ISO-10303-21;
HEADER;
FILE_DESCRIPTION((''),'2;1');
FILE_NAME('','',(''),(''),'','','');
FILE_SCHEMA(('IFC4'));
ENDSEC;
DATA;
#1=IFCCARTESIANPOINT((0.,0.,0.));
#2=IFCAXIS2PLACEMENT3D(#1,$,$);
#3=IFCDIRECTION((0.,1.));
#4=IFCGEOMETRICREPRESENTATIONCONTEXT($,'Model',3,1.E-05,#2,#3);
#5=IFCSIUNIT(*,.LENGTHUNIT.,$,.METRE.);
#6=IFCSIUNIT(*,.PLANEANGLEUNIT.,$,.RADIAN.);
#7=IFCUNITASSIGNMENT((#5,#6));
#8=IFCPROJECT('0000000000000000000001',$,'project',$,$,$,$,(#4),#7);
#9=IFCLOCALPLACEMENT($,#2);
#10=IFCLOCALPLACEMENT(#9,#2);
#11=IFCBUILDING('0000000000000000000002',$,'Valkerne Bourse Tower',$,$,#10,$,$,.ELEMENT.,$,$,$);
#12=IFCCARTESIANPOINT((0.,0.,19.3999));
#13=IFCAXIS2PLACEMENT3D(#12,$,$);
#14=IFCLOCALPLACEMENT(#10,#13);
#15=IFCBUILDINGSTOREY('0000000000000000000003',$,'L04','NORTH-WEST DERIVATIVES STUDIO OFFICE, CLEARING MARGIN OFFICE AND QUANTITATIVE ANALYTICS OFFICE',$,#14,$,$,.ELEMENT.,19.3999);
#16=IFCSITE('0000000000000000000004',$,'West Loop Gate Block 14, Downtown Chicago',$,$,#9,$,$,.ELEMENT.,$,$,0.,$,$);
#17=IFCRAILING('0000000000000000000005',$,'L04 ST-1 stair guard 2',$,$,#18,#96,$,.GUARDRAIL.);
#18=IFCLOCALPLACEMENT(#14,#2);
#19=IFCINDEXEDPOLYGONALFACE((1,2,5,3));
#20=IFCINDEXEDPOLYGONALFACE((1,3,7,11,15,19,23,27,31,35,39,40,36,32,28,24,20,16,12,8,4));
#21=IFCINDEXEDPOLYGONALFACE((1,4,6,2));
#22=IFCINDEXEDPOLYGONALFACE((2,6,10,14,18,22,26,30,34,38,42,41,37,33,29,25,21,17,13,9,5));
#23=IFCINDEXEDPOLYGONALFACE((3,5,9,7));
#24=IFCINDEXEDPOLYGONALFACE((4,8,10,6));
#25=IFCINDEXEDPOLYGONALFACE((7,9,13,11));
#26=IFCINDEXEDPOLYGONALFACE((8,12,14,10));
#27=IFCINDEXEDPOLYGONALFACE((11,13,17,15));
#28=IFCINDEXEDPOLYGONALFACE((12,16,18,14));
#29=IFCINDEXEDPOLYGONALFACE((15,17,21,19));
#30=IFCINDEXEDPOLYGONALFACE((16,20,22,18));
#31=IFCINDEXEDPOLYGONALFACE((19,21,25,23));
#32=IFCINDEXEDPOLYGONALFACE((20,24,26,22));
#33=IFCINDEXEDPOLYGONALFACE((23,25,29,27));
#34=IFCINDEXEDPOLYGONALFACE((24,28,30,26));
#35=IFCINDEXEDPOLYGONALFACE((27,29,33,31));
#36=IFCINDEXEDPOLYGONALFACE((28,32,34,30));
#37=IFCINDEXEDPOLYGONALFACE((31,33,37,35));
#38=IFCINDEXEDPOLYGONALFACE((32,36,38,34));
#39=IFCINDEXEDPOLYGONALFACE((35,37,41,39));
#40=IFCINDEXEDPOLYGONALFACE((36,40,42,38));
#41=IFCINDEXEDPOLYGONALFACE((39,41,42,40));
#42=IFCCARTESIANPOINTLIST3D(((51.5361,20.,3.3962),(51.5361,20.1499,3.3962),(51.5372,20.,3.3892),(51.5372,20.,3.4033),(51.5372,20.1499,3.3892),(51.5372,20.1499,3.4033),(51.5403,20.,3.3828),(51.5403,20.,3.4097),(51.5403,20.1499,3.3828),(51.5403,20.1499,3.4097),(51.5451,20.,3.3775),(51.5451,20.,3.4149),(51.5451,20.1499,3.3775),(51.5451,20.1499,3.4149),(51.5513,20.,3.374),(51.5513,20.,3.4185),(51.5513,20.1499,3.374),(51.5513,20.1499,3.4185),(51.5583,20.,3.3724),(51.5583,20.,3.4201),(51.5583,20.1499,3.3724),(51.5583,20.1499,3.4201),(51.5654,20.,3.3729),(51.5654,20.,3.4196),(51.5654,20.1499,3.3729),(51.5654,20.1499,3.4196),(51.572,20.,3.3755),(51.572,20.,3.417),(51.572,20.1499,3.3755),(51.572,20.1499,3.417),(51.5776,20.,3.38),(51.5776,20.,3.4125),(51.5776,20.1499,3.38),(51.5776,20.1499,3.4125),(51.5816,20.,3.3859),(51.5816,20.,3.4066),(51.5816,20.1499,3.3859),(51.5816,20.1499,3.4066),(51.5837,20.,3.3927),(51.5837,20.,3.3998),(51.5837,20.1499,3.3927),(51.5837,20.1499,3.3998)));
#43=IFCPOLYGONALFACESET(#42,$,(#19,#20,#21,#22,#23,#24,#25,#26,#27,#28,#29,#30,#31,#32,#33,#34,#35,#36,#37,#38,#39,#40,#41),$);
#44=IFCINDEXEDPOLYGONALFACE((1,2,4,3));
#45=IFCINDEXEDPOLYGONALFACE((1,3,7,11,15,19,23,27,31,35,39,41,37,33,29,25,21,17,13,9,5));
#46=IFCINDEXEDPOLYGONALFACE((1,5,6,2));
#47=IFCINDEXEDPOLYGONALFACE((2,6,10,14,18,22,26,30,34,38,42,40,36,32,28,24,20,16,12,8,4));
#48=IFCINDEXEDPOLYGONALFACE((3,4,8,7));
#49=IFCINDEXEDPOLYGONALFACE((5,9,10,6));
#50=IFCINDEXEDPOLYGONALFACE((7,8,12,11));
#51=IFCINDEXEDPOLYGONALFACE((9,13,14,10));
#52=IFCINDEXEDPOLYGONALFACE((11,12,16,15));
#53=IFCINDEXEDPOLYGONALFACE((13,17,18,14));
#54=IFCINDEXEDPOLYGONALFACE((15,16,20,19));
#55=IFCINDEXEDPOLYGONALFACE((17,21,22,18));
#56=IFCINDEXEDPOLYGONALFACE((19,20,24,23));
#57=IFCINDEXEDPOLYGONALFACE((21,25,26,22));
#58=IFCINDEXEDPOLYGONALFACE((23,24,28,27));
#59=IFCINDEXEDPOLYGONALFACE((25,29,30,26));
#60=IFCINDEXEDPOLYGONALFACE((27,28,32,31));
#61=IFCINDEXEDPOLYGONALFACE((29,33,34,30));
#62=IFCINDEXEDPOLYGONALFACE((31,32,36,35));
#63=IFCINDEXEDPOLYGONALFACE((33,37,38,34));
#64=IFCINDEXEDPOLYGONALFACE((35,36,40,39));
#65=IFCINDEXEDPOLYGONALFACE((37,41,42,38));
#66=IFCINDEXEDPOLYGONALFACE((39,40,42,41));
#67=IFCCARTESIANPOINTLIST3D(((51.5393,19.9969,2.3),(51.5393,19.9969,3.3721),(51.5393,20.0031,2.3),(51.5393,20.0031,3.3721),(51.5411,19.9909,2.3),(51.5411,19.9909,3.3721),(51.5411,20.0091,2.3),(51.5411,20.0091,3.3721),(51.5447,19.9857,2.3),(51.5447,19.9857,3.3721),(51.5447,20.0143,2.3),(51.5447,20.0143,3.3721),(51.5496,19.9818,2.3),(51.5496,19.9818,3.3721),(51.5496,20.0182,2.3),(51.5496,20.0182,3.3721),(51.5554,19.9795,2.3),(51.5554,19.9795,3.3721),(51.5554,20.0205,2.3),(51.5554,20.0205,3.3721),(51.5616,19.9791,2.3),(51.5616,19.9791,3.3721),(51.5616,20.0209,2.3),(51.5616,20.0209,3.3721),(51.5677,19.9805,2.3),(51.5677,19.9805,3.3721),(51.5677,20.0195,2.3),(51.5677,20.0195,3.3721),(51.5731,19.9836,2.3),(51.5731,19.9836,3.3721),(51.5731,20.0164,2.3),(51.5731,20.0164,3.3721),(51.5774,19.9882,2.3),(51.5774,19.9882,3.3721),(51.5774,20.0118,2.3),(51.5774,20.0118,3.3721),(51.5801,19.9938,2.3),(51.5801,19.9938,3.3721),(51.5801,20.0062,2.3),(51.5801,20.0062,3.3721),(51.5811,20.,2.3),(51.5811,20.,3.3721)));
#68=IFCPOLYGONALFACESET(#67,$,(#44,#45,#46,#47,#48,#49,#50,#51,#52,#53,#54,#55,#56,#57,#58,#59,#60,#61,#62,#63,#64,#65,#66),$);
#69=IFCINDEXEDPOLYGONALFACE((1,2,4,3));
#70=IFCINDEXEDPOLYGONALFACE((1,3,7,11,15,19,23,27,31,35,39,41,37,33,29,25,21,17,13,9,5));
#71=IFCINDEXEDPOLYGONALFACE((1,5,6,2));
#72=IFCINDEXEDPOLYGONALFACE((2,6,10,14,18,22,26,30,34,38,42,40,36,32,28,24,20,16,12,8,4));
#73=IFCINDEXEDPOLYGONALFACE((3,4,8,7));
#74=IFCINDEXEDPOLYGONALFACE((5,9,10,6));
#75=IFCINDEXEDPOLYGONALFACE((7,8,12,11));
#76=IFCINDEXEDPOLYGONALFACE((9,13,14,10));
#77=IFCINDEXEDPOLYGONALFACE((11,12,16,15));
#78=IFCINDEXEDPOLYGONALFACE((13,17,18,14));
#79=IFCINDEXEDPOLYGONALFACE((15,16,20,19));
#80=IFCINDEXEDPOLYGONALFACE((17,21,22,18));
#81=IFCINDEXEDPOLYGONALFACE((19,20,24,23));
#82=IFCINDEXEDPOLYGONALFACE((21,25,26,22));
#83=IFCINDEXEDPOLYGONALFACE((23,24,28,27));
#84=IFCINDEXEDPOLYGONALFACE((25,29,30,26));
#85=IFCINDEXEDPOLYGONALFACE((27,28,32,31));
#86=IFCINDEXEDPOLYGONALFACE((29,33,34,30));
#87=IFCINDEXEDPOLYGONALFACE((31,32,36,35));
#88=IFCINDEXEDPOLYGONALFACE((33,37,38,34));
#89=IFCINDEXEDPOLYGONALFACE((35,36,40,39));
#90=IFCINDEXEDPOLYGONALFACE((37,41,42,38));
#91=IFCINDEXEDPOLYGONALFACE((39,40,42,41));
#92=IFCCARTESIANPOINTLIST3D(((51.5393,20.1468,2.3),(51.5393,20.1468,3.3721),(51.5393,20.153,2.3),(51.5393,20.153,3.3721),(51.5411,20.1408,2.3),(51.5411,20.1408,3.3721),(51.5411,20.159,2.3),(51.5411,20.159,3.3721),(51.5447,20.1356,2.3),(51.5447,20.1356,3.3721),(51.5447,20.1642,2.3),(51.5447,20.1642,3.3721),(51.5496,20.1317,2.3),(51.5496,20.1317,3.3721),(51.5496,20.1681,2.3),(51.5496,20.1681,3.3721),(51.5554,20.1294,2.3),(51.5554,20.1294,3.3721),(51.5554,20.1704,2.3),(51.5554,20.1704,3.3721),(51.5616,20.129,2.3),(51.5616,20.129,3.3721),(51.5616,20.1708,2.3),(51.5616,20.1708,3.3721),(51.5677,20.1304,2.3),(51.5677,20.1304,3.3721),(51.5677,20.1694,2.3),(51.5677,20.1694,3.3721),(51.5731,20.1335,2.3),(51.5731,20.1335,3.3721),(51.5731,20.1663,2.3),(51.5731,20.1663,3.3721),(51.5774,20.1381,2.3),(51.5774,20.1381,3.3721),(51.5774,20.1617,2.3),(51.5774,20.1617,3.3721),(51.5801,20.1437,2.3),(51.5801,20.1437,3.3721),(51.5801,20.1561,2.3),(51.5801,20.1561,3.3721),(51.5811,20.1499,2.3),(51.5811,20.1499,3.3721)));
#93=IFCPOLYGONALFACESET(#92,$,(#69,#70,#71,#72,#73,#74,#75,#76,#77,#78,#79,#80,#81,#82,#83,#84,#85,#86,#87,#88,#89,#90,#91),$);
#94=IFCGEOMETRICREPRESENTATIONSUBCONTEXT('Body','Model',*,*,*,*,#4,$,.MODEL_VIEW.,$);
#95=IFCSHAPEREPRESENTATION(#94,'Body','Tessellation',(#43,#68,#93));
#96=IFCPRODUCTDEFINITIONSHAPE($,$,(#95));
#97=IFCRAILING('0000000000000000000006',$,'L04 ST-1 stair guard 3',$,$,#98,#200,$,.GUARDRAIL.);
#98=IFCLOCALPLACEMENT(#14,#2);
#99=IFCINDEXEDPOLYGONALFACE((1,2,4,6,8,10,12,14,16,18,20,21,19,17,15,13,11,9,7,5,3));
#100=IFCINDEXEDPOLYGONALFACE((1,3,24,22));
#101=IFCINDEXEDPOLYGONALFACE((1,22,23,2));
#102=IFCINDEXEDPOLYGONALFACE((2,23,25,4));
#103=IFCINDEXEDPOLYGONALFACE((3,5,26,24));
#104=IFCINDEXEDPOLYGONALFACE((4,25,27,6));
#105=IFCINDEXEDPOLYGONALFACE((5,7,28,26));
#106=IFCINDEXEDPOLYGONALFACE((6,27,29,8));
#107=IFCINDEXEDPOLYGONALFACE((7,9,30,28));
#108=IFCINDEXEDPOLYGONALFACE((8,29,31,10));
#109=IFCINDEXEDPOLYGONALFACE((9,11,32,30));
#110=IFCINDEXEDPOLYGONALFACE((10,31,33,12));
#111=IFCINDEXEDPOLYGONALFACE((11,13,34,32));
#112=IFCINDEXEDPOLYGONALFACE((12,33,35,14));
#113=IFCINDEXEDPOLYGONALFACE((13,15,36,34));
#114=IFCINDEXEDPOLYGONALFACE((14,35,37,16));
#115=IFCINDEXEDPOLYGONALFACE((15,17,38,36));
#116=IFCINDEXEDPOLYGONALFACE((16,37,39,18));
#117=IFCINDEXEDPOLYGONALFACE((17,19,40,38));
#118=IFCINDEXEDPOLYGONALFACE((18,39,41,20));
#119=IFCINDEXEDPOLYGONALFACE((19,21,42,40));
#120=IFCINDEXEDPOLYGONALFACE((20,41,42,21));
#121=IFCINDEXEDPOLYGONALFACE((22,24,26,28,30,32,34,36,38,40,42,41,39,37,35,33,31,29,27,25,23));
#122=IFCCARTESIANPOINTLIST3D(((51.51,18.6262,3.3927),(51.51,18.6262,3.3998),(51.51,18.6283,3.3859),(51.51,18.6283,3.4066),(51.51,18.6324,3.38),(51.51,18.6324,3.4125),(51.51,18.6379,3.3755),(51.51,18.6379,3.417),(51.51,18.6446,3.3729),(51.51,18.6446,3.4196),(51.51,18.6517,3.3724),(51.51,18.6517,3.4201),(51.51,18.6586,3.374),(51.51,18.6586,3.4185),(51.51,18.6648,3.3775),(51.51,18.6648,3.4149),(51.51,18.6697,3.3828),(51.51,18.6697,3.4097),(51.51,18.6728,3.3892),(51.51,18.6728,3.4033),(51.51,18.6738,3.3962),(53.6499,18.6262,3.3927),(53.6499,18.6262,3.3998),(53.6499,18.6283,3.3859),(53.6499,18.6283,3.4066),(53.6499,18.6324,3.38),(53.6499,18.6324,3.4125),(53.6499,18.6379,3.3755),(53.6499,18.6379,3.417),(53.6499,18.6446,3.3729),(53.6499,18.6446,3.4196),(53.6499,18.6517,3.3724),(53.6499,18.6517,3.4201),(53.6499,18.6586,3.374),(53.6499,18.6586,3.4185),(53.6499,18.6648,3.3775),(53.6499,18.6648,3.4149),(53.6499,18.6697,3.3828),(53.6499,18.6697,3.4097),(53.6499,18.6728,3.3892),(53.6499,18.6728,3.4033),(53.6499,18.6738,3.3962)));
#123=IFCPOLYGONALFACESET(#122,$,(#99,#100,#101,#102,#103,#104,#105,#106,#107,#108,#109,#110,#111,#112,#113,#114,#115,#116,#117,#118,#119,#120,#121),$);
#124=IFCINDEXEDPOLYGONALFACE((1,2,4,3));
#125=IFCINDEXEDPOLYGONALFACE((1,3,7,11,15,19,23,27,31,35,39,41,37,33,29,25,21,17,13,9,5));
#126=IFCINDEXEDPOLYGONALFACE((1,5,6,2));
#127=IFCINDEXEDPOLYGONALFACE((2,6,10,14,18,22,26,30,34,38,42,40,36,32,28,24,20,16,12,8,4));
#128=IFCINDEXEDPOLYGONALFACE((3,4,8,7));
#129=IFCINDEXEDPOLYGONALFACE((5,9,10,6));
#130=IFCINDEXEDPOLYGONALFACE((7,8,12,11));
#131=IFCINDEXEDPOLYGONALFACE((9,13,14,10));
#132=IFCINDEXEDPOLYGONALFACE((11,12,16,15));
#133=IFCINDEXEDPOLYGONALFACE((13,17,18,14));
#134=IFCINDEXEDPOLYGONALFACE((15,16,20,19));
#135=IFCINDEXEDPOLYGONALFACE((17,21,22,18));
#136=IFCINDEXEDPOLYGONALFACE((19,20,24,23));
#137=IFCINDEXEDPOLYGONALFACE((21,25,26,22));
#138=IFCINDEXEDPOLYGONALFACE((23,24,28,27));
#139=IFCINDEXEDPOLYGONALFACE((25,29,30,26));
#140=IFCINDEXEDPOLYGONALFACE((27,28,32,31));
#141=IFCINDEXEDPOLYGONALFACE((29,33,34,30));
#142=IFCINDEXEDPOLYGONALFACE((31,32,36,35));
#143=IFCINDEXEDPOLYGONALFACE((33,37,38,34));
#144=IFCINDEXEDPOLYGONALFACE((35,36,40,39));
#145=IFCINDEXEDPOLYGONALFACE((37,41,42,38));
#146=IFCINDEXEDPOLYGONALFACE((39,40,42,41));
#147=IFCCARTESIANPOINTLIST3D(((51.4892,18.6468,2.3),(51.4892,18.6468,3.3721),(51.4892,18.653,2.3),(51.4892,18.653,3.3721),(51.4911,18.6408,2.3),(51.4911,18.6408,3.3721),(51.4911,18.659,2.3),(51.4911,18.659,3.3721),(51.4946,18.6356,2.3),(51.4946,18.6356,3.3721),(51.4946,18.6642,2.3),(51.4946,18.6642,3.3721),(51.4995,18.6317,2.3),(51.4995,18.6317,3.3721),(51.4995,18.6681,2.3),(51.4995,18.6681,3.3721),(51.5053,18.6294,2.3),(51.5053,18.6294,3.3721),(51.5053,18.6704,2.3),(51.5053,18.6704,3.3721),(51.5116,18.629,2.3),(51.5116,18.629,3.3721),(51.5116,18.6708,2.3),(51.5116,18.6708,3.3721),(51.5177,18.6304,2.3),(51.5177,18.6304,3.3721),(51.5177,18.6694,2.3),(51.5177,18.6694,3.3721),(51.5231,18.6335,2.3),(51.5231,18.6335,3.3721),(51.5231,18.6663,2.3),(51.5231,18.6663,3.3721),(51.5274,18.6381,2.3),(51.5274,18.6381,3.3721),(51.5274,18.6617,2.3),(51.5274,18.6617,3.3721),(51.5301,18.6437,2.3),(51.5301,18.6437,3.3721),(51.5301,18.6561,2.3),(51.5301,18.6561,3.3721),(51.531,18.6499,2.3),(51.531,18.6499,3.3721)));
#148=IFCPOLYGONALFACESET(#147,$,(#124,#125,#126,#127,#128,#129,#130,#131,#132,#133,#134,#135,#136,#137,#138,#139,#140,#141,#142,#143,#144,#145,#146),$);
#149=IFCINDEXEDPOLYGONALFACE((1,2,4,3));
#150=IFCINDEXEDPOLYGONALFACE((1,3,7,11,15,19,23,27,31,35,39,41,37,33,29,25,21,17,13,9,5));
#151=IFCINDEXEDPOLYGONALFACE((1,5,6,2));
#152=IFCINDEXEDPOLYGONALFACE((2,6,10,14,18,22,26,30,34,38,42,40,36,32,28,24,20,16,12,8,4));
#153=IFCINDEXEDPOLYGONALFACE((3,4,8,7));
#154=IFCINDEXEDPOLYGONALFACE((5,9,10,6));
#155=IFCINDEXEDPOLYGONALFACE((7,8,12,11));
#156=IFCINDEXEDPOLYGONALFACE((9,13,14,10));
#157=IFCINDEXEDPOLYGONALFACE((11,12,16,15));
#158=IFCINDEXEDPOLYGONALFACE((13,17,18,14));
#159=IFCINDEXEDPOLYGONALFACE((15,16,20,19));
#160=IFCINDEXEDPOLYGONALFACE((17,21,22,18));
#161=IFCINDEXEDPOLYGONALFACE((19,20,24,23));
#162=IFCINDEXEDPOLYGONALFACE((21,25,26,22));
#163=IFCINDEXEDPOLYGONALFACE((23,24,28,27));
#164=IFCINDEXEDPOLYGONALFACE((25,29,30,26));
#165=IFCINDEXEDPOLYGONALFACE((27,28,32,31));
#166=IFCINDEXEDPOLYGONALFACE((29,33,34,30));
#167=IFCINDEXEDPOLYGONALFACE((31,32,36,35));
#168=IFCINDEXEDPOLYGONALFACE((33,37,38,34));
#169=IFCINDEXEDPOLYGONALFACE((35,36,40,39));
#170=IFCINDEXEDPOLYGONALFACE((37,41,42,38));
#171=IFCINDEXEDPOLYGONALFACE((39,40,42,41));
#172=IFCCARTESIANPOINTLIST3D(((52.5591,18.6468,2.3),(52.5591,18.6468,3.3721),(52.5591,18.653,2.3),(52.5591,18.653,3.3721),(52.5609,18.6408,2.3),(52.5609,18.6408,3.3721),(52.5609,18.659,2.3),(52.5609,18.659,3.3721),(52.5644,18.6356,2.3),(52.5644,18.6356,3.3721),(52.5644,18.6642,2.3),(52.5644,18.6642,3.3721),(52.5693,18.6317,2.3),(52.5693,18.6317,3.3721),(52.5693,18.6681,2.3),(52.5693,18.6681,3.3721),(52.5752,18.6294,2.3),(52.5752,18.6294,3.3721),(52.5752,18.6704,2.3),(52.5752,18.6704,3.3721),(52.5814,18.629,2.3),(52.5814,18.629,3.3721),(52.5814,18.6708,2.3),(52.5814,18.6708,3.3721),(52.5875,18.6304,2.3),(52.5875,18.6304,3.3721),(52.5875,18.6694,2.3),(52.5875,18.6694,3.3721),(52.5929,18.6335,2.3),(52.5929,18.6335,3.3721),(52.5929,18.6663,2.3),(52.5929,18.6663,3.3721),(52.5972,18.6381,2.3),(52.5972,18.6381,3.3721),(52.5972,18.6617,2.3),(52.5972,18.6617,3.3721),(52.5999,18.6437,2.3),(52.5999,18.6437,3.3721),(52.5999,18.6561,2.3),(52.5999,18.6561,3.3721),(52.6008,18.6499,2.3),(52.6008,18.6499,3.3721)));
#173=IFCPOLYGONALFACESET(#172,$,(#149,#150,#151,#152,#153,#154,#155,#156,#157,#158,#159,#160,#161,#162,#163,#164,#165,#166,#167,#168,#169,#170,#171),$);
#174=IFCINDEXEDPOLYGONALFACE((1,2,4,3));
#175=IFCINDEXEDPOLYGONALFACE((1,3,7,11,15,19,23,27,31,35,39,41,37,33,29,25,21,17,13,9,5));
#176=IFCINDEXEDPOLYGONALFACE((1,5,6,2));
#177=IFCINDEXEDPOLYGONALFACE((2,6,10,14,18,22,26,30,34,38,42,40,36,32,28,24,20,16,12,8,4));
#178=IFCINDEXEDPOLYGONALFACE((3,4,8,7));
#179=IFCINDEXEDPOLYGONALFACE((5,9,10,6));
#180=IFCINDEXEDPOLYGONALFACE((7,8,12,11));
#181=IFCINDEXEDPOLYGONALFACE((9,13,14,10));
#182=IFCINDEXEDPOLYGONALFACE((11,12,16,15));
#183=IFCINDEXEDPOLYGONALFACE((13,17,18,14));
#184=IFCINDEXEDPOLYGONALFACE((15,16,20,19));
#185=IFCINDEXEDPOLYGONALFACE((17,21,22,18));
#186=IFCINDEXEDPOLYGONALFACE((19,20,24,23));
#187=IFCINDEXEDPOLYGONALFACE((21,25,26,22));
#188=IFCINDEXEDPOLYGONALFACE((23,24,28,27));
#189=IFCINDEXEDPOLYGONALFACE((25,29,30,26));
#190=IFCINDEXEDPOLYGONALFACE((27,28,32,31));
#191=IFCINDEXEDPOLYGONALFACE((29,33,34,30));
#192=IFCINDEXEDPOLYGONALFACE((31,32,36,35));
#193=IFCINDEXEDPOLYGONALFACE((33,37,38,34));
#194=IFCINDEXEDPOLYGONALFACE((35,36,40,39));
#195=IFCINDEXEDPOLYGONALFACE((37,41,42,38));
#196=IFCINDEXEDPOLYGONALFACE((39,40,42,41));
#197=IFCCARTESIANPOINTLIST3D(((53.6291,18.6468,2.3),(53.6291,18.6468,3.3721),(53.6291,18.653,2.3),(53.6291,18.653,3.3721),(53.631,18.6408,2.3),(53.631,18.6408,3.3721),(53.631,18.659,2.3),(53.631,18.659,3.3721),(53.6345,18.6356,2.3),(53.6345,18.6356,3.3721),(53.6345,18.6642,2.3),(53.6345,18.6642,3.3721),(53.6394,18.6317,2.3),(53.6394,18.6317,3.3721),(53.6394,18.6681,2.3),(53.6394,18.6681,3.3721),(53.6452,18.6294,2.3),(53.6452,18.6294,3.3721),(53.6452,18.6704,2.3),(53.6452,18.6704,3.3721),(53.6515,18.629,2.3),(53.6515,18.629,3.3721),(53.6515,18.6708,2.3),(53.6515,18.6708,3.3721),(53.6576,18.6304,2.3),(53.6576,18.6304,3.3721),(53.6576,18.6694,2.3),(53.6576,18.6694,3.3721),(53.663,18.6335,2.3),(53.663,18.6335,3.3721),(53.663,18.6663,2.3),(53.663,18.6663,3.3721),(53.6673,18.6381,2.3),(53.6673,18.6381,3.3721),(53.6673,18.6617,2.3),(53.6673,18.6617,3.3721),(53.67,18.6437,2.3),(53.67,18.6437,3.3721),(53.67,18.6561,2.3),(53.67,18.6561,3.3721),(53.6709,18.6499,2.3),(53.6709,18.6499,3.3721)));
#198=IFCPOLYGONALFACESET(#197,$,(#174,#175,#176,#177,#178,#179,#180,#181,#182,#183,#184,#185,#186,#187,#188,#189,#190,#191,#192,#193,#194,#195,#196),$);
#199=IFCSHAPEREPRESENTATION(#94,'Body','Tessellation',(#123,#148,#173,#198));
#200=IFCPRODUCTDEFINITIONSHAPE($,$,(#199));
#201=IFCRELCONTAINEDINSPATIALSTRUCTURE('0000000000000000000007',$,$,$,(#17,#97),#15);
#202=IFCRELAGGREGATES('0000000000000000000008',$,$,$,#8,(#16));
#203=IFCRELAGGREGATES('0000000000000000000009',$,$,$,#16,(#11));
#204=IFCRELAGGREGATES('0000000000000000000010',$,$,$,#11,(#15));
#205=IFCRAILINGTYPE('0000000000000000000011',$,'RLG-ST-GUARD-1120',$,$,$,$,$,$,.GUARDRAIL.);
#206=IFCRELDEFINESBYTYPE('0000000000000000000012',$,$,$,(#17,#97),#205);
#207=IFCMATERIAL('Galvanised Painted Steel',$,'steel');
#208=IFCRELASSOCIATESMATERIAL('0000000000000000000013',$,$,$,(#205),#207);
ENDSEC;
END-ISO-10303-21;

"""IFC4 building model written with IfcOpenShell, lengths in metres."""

from ifc_helpers import new_model, si_unit, direction, frame, origin, origin_2d, place, context, subcontext, project, spatial, circle, extrude, material, type_object, element, save


model = new_model("IFC4")

# Units and contexts
model_context = context("Model", 3, precision=1e-05, world=origin(), true_north=direction((0.0, 1.0)))
body_context = subcontext(model_context, "Body", "Model", "MODEL_VIEW")
ifc_project = project(units=[si_unit("LENGTHUNIT", "METRE"), si_unit("PLANEANGLEUNIT", "RADIAN")], contexts=[model_context])

# Site, building, storey
site_placement = place(None, origin())
site = spatial("IfcSite", under=ifc_project, at=site_placement, Name="West Loop Gate Block 14, Downtown Chicago", CompositionType="ELEMENT", RefElevation=0.0)
building_placement = place(site_placement, origin())
building = spatial("IfcBuilding", under=site, at=building_placement, Name="Valkerne Bourse Tower", CompositionType="ELEMENT")
storey_placement = place(building_placement, frame((0.0, 0.0, 19.3999)))
storey = spatial("IfcBuildingStorey", under=building, at=storey_placement, Name="L04", Description="NORTH-WEST DERIVATIVES STUDIO OFFICE, CLEARING MARGIN OFFICE AND QUANTITATIVE ANALYTICS OFFICE", CompositionType="ELEMENT", Elevation=19.3999)

# Shared definitions
ifc_material_1 = material(Name="Galvanised Painted Steel", Category="steel")

# Railings
railing_type_1 = type_object("IfcRailingType", Name="RLG-ST-GUARD-1120", PredefinedType="GUARDRAIL", material=ifc_material_1)
railing_1_placement = place(storey_placement, frame((51.5601, 20.0, 2.3)))
element("IfcRailing", 1, at=railing_1_placement, inside=storey, type_object=railing_type_1, Name="L04 ST-1 stair guard 2", PredefinedType="GUARDRAIL", context=body_context, shape_type="SweptSolid", body=[
    extrude(circle(Radius=0.0239, at=origin_2d()), frame((0.0, 0.0, 1.0962), z_axis=(0.0, 1.0, 0.0), x_axis=(-1.0, 0.0, 0.0)), (0.0, 0.0, 1.0), 0.1499),
    extrude(circle(Radius=0.021, at=origin_2d()), origin(), (0.0, 0.0, 1.0), 1.072),
    extrude(circle(Radius=0.021, at=origin_2d()), frame((0.0, 0.1499, 0.0)), (0.0, 0.0, 1.0), 1.072),
])
for number, where, name in (
    (2, (51.51, 18.6499, 2.3), "L04 ST-1 stair guard 3"),
):
    element("IfcRailing", number, at=place(storey_placement, frame(where)), inside=storey, type_object=railing_type_1, Name=name, PredefinedType="GUARDRAIL", context=body_context, shape_type="SweptSolid", body=[
        extrude(circle(Radius=0.0239, at=origin_2d()), frame((0.0, 0.0, 1.0962), z_axis=(1.0, 0.0, 0.0), x_axis=(0.0, 1.0, 0.0)), (0.0, 0.0, 1.0), 2.1399),
        extrude(circle(Radius=0.021, at=origin_2d()), origin(), (0.0, 0.0, 1.0), 1.072),
        extrude(circle(Radius=0.021, at=origin_2d()), frame((1.0698, 0.0, 0.0)), (0.0, 0.0, 1.0), 1.072),
        extrude(circle(Radius=0.021, at=origin_2d()), frame((2.1399, 0.0, 0.0)), (0.0, 0.0, 1.0), 1.072),
    ])

save(model, "model.ifc")
